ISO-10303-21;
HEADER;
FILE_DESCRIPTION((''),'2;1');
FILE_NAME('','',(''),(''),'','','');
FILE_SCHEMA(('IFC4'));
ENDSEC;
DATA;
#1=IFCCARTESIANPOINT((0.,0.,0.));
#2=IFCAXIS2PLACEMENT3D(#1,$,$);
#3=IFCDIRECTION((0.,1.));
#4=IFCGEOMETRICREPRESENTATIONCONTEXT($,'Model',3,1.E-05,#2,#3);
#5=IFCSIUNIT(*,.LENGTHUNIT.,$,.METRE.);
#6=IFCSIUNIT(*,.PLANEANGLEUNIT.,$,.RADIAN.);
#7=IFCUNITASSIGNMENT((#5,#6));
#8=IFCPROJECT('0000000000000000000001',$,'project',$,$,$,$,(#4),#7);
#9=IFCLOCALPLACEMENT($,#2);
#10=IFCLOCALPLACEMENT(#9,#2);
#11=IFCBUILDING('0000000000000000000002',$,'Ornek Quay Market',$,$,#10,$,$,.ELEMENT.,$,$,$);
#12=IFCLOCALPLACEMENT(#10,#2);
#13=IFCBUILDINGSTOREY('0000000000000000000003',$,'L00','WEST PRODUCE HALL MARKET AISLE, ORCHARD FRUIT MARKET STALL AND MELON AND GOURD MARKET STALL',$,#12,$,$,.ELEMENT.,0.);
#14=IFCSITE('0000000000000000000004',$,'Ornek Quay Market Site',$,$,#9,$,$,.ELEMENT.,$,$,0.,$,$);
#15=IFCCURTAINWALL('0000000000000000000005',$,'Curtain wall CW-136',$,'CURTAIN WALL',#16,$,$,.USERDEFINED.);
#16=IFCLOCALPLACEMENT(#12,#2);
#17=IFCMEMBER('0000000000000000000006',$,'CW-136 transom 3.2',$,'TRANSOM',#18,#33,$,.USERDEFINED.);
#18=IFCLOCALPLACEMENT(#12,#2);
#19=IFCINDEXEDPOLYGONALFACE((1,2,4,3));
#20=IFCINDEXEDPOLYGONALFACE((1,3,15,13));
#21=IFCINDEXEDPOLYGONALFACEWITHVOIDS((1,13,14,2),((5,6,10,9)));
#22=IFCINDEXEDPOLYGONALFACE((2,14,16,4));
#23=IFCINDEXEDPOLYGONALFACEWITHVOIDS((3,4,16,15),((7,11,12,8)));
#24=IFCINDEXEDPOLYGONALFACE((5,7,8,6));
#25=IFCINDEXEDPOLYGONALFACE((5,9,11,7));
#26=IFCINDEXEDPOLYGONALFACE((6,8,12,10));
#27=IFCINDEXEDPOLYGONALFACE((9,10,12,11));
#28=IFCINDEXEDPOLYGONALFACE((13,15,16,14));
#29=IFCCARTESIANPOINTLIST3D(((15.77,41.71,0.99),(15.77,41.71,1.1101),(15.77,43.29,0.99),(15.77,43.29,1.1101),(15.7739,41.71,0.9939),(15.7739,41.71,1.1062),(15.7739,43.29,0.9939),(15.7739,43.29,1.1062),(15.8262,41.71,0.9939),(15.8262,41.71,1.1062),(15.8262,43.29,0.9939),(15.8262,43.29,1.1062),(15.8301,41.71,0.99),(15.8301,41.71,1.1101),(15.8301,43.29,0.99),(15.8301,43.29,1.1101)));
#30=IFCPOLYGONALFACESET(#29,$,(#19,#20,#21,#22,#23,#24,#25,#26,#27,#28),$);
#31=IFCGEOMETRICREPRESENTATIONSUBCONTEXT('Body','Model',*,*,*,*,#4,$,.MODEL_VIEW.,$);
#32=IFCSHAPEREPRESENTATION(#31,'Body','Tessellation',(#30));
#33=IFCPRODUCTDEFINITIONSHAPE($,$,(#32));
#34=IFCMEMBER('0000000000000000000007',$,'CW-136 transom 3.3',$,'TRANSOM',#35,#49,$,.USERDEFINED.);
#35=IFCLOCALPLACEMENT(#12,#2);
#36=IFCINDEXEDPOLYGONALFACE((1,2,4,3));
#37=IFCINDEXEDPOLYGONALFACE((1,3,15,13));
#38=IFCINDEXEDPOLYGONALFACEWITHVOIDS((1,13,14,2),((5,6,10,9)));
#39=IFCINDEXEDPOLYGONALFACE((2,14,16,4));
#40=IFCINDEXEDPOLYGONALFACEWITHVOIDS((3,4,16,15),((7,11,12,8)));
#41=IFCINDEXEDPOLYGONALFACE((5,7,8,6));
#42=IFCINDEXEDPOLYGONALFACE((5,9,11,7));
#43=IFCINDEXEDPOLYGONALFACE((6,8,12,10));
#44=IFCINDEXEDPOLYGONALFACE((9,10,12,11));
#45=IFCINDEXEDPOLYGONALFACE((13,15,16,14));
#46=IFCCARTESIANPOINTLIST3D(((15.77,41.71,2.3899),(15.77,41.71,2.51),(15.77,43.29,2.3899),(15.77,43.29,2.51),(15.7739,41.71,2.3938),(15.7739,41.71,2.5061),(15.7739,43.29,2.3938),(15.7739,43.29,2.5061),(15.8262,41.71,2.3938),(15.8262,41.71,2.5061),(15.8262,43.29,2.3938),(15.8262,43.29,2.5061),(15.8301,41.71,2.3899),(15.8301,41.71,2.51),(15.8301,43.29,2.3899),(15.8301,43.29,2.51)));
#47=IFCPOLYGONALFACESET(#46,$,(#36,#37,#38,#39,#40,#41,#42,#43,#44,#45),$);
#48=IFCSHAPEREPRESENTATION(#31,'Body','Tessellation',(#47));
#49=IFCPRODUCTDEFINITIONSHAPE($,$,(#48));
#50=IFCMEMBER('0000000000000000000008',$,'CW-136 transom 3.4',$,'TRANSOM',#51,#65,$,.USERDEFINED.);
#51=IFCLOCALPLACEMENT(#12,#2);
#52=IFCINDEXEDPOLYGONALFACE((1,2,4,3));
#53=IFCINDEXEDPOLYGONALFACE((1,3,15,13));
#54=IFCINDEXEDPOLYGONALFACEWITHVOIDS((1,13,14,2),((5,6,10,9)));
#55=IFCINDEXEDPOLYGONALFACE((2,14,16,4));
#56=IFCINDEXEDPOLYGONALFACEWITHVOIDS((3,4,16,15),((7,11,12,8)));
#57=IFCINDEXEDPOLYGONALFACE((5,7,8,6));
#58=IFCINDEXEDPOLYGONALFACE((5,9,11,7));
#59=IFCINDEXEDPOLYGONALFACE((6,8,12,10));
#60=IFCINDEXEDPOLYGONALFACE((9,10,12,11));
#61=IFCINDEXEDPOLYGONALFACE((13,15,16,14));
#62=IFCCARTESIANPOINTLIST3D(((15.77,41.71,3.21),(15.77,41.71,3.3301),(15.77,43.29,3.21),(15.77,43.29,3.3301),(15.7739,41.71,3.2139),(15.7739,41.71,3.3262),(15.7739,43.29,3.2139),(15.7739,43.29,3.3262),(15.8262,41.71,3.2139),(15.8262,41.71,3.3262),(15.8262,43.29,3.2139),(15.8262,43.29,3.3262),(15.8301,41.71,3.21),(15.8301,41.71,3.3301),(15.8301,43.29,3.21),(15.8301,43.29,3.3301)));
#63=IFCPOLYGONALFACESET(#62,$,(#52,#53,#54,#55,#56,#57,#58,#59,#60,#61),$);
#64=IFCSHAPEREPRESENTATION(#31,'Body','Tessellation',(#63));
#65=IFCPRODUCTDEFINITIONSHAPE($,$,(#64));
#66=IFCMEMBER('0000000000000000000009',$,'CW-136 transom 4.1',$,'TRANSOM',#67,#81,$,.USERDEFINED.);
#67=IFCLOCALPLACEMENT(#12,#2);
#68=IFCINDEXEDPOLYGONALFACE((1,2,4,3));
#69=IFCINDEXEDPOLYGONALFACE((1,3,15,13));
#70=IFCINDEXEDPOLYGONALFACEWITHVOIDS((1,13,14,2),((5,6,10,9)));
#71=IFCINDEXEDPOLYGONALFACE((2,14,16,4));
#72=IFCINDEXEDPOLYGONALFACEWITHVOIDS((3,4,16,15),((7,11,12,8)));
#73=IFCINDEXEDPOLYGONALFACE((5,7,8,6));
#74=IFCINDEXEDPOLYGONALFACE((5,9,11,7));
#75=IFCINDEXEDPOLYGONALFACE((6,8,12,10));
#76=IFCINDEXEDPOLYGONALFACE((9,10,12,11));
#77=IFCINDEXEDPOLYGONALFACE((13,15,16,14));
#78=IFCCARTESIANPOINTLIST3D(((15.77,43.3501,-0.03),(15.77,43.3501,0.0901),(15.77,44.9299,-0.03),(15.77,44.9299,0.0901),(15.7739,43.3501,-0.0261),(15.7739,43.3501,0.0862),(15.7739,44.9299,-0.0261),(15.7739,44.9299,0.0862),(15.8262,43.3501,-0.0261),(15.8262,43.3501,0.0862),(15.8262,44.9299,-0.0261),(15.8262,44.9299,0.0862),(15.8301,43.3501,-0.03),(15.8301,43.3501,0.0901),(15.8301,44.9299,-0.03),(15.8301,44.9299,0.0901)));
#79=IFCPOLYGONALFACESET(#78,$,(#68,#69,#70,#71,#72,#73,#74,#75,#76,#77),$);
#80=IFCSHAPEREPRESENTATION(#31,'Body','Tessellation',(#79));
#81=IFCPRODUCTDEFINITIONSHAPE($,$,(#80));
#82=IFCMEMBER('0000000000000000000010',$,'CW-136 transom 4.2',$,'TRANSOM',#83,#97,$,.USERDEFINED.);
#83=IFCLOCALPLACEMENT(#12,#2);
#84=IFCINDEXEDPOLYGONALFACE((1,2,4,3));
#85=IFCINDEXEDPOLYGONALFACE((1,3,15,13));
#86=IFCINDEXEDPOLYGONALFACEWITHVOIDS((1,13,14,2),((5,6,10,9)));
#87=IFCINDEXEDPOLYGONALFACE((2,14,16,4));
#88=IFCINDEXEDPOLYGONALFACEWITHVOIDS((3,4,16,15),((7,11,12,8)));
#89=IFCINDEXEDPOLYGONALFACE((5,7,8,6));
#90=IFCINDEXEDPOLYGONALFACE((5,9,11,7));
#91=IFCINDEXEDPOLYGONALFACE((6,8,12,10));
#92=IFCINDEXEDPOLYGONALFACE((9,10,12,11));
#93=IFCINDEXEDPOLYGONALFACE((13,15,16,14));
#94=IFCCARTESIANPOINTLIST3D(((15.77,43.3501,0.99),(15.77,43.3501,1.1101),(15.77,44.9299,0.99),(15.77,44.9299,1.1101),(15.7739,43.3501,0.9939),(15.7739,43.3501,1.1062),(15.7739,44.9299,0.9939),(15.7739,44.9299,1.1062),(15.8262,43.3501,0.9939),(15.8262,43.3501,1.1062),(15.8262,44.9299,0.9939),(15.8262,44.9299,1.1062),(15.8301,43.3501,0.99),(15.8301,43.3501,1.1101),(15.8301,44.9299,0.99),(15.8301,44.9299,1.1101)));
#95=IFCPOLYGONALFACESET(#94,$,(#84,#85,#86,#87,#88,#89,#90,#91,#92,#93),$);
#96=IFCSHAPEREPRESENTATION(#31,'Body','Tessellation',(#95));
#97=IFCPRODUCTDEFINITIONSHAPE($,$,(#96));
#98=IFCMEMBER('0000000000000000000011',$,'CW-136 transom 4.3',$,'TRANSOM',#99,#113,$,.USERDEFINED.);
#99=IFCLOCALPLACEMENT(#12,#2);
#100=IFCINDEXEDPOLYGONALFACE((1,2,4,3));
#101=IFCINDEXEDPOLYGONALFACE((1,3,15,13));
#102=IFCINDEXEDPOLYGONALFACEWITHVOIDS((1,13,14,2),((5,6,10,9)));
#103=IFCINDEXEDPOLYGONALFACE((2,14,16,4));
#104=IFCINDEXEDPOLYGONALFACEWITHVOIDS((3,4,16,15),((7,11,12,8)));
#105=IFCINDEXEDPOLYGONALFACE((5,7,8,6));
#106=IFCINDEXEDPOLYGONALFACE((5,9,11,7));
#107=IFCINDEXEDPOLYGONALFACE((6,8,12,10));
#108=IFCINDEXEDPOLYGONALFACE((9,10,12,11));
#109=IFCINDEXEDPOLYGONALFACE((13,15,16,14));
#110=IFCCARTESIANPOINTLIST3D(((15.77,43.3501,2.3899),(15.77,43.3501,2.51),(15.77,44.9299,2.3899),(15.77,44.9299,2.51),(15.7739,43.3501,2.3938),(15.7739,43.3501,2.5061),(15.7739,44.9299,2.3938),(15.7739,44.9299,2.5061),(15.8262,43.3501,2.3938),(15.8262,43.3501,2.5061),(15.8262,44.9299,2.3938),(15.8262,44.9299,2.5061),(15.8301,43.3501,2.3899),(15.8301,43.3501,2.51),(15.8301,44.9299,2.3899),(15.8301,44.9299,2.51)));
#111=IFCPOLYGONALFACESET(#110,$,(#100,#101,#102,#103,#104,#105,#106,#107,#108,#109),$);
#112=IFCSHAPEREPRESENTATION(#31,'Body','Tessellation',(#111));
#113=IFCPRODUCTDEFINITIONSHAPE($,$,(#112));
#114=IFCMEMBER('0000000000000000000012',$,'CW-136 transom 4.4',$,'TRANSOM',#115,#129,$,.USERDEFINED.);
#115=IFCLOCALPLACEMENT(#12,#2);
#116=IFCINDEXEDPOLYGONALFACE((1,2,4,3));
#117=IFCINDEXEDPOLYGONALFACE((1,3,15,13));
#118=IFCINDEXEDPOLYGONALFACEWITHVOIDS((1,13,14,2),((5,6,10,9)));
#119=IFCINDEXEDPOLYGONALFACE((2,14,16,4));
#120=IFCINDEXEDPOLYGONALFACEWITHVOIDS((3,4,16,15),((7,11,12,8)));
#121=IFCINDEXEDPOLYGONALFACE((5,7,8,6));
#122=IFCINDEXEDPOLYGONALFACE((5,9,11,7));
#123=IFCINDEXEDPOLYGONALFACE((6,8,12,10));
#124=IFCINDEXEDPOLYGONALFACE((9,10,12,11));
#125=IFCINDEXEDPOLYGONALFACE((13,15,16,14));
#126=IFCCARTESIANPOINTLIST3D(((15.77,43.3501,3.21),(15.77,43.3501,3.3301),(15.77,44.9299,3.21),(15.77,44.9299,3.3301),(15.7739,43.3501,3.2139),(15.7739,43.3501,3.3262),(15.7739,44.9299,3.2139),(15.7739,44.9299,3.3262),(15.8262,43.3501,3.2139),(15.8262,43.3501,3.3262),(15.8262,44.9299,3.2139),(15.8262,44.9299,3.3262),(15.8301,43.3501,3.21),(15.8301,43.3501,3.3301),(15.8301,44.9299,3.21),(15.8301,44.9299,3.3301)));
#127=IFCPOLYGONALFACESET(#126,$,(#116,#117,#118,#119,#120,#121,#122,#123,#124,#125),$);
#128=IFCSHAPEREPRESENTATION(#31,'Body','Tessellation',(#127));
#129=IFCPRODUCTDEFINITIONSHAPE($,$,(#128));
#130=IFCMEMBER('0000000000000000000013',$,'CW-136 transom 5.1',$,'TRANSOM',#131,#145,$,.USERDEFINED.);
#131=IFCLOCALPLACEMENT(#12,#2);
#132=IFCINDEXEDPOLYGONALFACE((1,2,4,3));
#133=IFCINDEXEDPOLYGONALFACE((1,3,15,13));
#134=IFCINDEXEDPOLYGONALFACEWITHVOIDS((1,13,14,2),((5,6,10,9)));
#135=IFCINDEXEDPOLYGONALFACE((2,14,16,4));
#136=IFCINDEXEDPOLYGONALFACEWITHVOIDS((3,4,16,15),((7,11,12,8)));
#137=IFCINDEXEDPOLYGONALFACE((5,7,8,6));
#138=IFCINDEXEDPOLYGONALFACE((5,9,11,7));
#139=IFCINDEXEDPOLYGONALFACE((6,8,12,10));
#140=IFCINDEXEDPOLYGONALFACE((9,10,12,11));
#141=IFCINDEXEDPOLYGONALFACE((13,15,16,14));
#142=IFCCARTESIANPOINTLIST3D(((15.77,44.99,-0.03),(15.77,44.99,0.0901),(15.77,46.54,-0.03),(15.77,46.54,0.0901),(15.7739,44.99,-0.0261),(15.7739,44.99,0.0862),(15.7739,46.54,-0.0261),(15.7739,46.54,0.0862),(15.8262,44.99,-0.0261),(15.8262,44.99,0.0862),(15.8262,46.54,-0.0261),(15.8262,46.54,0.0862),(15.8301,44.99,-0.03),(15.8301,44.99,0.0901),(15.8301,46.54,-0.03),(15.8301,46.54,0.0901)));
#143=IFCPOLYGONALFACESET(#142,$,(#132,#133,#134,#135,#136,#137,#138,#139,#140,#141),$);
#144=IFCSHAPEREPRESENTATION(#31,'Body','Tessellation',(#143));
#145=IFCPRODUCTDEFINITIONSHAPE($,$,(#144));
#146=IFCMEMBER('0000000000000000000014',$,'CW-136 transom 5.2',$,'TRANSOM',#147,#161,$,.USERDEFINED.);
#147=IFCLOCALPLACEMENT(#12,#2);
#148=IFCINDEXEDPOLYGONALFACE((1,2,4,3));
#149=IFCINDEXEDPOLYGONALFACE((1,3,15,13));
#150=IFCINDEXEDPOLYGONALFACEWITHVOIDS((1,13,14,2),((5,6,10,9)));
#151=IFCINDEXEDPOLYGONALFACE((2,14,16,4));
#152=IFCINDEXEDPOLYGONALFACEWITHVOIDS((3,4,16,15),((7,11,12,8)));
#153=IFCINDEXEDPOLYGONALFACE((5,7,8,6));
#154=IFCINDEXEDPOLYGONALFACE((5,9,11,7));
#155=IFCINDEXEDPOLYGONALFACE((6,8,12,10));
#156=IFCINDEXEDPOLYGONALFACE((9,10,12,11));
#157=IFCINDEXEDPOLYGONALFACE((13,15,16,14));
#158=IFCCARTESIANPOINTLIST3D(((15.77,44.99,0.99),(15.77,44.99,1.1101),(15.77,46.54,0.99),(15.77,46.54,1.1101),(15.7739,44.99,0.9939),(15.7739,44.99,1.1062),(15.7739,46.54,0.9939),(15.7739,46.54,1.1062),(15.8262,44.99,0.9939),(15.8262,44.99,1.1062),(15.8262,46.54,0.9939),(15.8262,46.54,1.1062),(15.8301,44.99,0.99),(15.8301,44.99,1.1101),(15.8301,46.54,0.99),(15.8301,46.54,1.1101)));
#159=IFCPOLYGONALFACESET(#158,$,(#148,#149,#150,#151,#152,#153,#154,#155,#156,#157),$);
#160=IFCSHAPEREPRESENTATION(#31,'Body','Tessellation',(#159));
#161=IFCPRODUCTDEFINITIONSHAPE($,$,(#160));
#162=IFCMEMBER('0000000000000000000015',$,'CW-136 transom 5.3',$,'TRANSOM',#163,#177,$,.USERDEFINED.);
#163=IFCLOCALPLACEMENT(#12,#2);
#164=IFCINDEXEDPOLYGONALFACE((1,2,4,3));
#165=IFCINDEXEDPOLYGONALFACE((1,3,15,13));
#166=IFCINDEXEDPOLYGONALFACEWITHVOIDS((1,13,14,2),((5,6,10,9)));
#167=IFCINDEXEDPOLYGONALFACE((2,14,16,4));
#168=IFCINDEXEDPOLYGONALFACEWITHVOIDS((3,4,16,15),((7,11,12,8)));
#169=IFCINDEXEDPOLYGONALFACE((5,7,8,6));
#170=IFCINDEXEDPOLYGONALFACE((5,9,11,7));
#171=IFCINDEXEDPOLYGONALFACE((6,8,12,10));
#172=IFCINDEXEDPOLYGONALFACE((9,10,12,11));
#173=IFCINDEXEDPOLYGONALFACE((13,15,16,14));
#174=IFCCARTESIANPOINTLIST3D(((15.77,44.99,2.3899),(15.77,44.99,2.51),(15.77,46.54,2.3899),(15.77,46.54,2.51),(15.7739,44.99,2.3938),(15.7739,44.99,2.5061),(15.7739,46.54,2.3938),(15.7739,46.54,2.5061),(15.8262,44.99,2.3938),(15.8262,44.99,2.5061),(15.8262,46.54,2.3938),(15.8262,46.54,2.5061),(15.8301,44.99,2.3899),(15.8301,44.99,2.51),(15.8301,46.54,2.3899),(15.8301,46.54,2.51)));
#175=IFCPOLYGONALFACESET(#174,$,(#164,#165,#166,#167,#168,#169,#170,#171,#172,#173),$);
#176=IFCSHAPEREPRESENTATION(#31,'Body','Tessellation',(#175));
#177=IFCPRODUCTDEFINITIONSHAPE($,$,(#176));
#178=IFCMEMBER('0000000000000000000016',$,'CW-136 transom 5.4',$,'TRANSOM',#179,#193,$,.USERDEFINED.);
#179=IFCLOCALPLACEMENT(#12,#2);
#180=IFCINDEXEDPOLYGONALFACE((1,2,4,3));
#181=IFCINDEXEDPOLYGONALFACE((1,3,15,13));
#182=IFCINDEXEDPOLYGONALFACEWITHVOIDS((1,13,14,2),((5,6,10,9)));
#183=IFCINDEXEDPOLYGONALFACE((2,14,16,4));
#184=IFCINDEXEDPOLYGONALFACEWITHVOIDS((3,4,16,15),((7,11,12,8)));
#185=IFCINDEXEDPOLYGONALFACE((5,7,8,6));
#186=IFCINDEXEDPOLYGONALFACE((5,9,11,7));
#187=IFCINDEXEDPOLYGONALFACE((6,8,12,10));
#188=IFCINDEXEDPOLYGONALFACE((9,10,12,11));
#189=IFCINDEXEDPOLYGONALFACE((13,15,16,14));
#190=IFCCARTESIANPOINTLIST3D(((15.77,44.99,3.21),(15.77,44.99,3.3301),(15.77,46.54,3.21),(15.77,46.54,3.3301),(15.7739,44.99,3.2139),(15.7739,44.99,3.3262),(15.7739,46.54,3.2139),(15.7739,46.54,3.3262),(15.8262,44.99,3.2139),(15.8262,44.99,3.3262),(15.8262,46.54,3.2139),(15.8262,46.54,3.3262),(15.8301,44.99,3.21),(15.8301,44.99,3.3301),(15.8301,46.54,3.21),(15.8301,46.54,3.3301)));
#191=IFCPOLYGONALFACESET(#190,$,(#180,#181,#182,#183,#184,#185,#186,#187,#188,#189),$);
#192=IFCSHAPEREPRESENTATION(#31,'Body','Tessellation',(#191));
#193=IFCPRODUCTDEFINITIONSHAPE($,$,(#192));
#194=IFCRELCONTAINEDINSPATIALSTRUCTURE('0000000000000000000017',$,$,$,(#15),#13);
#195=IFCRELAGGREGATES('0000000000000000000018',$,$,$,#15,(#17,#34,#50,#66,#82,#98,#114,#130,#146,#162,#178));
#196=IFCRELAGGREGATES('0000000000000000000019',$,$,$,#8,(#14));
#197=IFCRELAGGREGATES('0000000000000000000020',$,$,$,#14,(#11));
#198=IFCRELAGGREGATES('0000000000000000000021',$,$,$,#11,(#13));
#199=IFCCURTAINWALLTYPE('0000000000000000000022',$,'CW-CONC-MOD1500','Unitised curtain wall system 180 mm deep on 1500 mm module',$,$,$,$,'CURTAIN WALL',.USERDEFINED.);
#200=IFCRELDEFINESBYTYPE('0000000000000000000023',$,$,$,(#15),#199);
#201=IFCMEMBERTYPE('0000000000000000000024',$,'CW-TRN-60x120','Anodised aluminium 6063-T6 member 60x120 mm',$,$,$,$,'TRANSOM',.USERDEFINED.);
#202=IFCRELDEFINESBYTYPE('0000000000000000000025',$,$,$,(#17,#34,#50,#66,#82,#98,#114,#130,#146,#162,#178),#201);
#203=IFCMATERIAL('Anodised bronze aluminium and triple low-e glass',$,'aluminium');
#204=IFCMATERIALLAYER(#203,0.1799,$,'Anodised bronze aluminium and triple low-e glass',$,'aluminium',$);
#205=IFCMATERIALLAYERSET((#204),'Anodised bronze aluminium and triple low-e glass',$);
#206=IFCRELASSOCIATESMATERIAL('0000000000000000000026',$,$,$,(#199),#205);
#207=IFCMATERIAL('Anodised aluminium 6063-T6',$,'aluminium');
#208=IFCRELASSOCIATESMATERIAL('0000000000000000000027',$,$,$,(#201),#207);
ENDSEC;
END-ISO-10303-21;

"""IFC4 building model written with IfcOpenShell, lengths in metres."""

from ifc_helpers import new_model, si_unit, direction, frame, origin, origin_2d, place, context, subcontext, project, spatial, hollow_rectangle, extrude, material, layer, layer_set, material_profile, profile_set, type_object, element, aggregate, save


model = new_model("IFC4")

# Units and contexts
model_context = context("Model", 3, precision=1e-05, world=origin(), true_north=direction((0.0, 1.0)))
body_context = subcontext(model_context, "Body", "Model", "MODEL_VIEW")
ifc_project = project(units=[si_unit("LENGTHUNIT", "METRE"), si_unit("PLANEANGLEUNIT", "RADIAN")], contexts=[model_context])

# Site, building, storey
site_placement = place(None, origin())
site = spatial("IfcSite", under=ifc_project, at=site_placement, Name="Ornek Quay Market Site", CompositionType="ELEMENT", RefElevation=0.0)
building_placement = place(site_placement, origin())
building = spatial("IfcBuilding", under=site, at=building_placement, Name="Ornek Quay Market", CompositionType="ELEMENT")
storey_placement = place(building_placement, origin())
storey = spatial("IfcBuildingStorey", under=building, at=storey_placement, Name="L00", Description="WEST PRODUCE HALL MARKET AISLE, ORCHARD FRUIT MARKET STALL AND MELON AND GOURD MARKET STALL", CompositionType="ELEMENT", Elevation=0.0)

# Curtain wall
ifc_material_1 = material(Name="Anodised bronze aluminium and triple low-e glass", Category="aluminium")
ifc_layer_1 = layer(ifc_material_1, 0.1799, Name="Anodised bronze aluminium and triple low-e glass", Category="aluminium")
ifc_layer_set_1 = layer_set([ifc_layer_1], Name="Anodised bronze aluminium and triple low-e glass")
curtain_wall_type = type_object("IfcCurtainWallType", Name="CW-CONC-MOD1500", Description="Unitised curtain wall system 180 mm deep on 1500 mm module", ElementType="CURTAIN WALL", PredefinedType="USERDEFINED", material=ifc_layer_set_1)
curtain_wall_1_placement = place(storey_placement, origin())
curtain_wall_1 = element("IfcCurtainWall", 1, at=curtain_wall_1_placement, inside=storey, type_object=curtain_wall_type, Name="Curtain wall CW-136", ObjectType="CURTAIN WALL", PredefinedType="USERDEFINED")
ifc_material_2 = material(Name="Anodised aluminium 6063-T6", Category="aluminium")

# Members
ifc_material_profile_1 = material_profile(ifc_material_2, hollow_rectangle(XDim=0.0601, YDim=0.1201, WallThickness=0.0039, at=origin_2d()), Name="CW-TRN-60x120", Category="aluminium")
ifc_profile_set_1 = profile_set([ifc_material_profile_1], Name="Anodised aluminium 6063-T6")
member_type_1 = type_object("IfcMemberType", Name="CW-TRN-60x120", Description="Anodised aluminium 6063-T6 member 60x120 mm", ElementType="TRANSOM", PredefinedType="USERDEFINED", material=ifc_profile_set_1)
member_1_placement = place(storey_placement, frame((15.8, 41.71, 1.05), z_axis=(0.0, 1.0, 0.0), x_axis=(-1.0, 0.0, 0.0)))
member_1 = element("IfcMember", 2, at=member_1_placement, type_object=member_type_1, Name="CW-136 transom 3.2", ObjectType="TRANSOM", PredefinedType="USERDEFINED", context=body_context, shape_type="SweptSolid", body=[
    extrude(hollow_rectangle(XDim=0.0601, YDim=0.1201, WallThickness=0.0039, at=origin_2d()), origin(), (0.0, 0.0, 1.0), 1.5801),
])
member_2_placement = place(storey_placement, frame((15.8, 41.71, 2.45), z_axis=(0.0, 1.0, 0.0), x_axis=(-1.0, 0.0, 0.0)))
member_2 = element("IfcMember", 3, at=member_2_placement, type_object=member_type_1, Name="CW-136 transom 3.3", ObjectType="TRANSOM", PredefinedType="USERDEFINED", context=body_context, shape_type="SweptSolid", body=[
    extrude(hollow_rectangle(XDim=0.0601, YDim=0.1201, WallThickness=0.0039, at=origin_2d()), origin(), (0.0, 0.0, 1.0), 1.5801),
])
member_3_placement = place(storey_placement, frame((15.8, 41.71, 3.27), z_axis=(0.0, 1.0, 0.0), x_axis=(-1.0, 0.0, 0.0)))
member_3 = element("IfcMember", 4, at=member_3_placement, type_object=member_type_1, Name="CW-136 transom 3.4", ObjectType="TRANSOM", PredefinedType="USERDEFINED", context=body_context, shape_type="SweptSolid", body=[
    extrude(hollow_rectangle(XDim=0.0601, YDim=0.1201, WallThickness=0.0039, at=origin_2d()), origin(), (0.0, 0.0, 1.0), 1.5801),
])
member_4_placement = place(storey_placement, frame((15.8, 43.3501, 0.03), z_axis=(0.0, 1.0, 0.0), x_axis=(-1.0, 0.0, 0.0)))
member_4 = element("IfcMember", 5, at=member_4_placement, type_object=member_type_1, Name="CW-136 transom 4.1", ObjectType="TRANSOM", PredefinedType="USERDEFINED", context=body_context, shape_type="SweptSolid", body=[
    extrude(hollow_rectangle(XDim=0.0601, YDim=0.1201, WallThickness=0.0039, at=origin_2d()), origin(), (0.0, 0.0, 1.0), 1.5798),
])
member_5_placement = place(storey_placement, frame((15.8, 43.3501, 1.05), z_axis=(0.0, 1.0, 0.0), x_axis=(-1.0, 0.0, 0.0)))
member_5 = element("IfcMember", 6, at=member_5_placement, type_object=member_type_1, Name="CW-136 transom 4.2", ObjectType="TRANSOM", PredefinedType="USERDEFINED", context=body_context, shape_type="SweptSolid", body=[
    extrude(hollow_rectangle(XDim=0.0601, YDim=0.1201, WallThickness=0.0039, at=origin_2d()), origin(), (0.0, 0.0, 1.0), 1.5798),
])
member_6_placement = place(storey_placement, frame((15.8, 43.3501, 2.45), z_axis=(0.0, 1.0, 0.0), x_axis=(-1.0, 0.0, 0.0)))
member_6 = element("IfcMember", 7, at=member_6_placement, type_object=member_type_1, Name="CW-136 transom 4.3", ObjectType="TRANSOM", PredefinedType="USERDEFINED", context=body_context, shape_type="SweptSolid", body=[
    extrude(hollow_rectangle(XDim=0.0601, YDim=0.1201, WallThickness=0.0039, at=origin_2d()), origin(), (0.0, 0.0, 1.0), 1.5798),
])
member_7_placement = place(storey_placement, frame((15.8, 43.3501, 3.27), z_axis=(0.0, 1.0, 0.0), x_axis=(-1.0, 0.0, 0.0)))
member_7 = element("IfcMember", 8, at=member_7_placement, type_object=member_type_1, Name="CW-136 transom 4.4", ObjectType="TRANSOM", PredefinedType="USERDEFINED", context=body_context, shape_type="SweptSolid", body=[
    extrude(hollow_rectangle(XDim=0.0601, YDim=0.1201, WallThickness=0.0039, at=origin_2d()), origin(), (0.0, 0.0, 1.0), 1.5798),
])
member_8_placement = place(storey_placement, frame((15.8, 44.99, 0.03), z_axis=(0.0, 1.0, 0.0), x_axis=(-1.0, 0.0, 0.0)))
member_8 = element("IfcMember", 9, at=member_8_placement, type_object=member_type_1, Name="CW-136 transom 5.1", ObjectType="TRANSOM", PredefinedType="USERDEFINED", context=body_context, shape_type="SweptSolid", body=[
    extrude(hollow_rectangle(XDim=0.0601, YDim=0.1201, WallThickness=0.0039, at=origin_2d()), origin(), (0.0, 0.0, 1.0), 1.55),
])
member_9_placement = place(storey_placement, frame((15.8, 44.99, 1.05), z_axis=(0.0, 1.0, 0.0), x_axis=(-1.0, 0.0, 0.0)))
member_9 = element("IfcMember", 10, at=member_9_placement, type_object=member_type_1, Name="CW-136 transom 5.2", ObjectType="TRANSOM", PredefinedType="USERDEFINED", context=body_context, shape_type="SweptSolid", body=[
    extrude(hollow_rectangle(XDim=0.0601, YDim=0.1201, WallThickness=0.0039, at=origin_2d()), origin(), (0.0, 0.0, 1.0), 1.55),
])
member_10_placement = place(storey_placement, frame((15.8, 44.99, 2.45), z_axis=(0.0, 1.0, 0.0), x_axis=(-1.0, 0.0, 0.0)))
member_10 = element("IfcMember", 11, at=member_10_placement, type_object=member_type_1, Name="CW-136 transom 5.3", ObjectType="TRANSOM", PredefinedType="USERDEFINED", context=body_context, shape_type="SweptSolid", body=[
    extrude(hollow_rectangle(XDim=0.0601, YDim=0.1201, WallThickness=0.0039, at=origin_2d()), origin(), (0.0, 0.0, 1.0), 1.55),
])
member_11_placement = place(storey_placement, frame((15.8, 44.99, 3.27), z_axis=(0.0, 1.0, 0.0), x_axis=(-1.0, 0.0, 0.0)))
member_11 = element("IfcMember", 12, at=member_11_placement, type_object=member_type_1, Name="CW-136 transom 5.4", ObjectType="TRANSOM", PredefinedType="USERDEFINED", context=body_context, shape_type="SweptSolid", body=[
    extrude(hollow_rectangle(XDim=0.0601, YDim=0.1201, WallThickness=0.0039, at=origin_2d()), origin(), (0.0, 0.0, 1.0), 1.55),
])

aggregate(curtain_wall_1, [member_1, member_2, member_3, member_4, member_5, member_6, member_7, member_8, member_9, member_10, member_11])

save(model, "model.ifc")
